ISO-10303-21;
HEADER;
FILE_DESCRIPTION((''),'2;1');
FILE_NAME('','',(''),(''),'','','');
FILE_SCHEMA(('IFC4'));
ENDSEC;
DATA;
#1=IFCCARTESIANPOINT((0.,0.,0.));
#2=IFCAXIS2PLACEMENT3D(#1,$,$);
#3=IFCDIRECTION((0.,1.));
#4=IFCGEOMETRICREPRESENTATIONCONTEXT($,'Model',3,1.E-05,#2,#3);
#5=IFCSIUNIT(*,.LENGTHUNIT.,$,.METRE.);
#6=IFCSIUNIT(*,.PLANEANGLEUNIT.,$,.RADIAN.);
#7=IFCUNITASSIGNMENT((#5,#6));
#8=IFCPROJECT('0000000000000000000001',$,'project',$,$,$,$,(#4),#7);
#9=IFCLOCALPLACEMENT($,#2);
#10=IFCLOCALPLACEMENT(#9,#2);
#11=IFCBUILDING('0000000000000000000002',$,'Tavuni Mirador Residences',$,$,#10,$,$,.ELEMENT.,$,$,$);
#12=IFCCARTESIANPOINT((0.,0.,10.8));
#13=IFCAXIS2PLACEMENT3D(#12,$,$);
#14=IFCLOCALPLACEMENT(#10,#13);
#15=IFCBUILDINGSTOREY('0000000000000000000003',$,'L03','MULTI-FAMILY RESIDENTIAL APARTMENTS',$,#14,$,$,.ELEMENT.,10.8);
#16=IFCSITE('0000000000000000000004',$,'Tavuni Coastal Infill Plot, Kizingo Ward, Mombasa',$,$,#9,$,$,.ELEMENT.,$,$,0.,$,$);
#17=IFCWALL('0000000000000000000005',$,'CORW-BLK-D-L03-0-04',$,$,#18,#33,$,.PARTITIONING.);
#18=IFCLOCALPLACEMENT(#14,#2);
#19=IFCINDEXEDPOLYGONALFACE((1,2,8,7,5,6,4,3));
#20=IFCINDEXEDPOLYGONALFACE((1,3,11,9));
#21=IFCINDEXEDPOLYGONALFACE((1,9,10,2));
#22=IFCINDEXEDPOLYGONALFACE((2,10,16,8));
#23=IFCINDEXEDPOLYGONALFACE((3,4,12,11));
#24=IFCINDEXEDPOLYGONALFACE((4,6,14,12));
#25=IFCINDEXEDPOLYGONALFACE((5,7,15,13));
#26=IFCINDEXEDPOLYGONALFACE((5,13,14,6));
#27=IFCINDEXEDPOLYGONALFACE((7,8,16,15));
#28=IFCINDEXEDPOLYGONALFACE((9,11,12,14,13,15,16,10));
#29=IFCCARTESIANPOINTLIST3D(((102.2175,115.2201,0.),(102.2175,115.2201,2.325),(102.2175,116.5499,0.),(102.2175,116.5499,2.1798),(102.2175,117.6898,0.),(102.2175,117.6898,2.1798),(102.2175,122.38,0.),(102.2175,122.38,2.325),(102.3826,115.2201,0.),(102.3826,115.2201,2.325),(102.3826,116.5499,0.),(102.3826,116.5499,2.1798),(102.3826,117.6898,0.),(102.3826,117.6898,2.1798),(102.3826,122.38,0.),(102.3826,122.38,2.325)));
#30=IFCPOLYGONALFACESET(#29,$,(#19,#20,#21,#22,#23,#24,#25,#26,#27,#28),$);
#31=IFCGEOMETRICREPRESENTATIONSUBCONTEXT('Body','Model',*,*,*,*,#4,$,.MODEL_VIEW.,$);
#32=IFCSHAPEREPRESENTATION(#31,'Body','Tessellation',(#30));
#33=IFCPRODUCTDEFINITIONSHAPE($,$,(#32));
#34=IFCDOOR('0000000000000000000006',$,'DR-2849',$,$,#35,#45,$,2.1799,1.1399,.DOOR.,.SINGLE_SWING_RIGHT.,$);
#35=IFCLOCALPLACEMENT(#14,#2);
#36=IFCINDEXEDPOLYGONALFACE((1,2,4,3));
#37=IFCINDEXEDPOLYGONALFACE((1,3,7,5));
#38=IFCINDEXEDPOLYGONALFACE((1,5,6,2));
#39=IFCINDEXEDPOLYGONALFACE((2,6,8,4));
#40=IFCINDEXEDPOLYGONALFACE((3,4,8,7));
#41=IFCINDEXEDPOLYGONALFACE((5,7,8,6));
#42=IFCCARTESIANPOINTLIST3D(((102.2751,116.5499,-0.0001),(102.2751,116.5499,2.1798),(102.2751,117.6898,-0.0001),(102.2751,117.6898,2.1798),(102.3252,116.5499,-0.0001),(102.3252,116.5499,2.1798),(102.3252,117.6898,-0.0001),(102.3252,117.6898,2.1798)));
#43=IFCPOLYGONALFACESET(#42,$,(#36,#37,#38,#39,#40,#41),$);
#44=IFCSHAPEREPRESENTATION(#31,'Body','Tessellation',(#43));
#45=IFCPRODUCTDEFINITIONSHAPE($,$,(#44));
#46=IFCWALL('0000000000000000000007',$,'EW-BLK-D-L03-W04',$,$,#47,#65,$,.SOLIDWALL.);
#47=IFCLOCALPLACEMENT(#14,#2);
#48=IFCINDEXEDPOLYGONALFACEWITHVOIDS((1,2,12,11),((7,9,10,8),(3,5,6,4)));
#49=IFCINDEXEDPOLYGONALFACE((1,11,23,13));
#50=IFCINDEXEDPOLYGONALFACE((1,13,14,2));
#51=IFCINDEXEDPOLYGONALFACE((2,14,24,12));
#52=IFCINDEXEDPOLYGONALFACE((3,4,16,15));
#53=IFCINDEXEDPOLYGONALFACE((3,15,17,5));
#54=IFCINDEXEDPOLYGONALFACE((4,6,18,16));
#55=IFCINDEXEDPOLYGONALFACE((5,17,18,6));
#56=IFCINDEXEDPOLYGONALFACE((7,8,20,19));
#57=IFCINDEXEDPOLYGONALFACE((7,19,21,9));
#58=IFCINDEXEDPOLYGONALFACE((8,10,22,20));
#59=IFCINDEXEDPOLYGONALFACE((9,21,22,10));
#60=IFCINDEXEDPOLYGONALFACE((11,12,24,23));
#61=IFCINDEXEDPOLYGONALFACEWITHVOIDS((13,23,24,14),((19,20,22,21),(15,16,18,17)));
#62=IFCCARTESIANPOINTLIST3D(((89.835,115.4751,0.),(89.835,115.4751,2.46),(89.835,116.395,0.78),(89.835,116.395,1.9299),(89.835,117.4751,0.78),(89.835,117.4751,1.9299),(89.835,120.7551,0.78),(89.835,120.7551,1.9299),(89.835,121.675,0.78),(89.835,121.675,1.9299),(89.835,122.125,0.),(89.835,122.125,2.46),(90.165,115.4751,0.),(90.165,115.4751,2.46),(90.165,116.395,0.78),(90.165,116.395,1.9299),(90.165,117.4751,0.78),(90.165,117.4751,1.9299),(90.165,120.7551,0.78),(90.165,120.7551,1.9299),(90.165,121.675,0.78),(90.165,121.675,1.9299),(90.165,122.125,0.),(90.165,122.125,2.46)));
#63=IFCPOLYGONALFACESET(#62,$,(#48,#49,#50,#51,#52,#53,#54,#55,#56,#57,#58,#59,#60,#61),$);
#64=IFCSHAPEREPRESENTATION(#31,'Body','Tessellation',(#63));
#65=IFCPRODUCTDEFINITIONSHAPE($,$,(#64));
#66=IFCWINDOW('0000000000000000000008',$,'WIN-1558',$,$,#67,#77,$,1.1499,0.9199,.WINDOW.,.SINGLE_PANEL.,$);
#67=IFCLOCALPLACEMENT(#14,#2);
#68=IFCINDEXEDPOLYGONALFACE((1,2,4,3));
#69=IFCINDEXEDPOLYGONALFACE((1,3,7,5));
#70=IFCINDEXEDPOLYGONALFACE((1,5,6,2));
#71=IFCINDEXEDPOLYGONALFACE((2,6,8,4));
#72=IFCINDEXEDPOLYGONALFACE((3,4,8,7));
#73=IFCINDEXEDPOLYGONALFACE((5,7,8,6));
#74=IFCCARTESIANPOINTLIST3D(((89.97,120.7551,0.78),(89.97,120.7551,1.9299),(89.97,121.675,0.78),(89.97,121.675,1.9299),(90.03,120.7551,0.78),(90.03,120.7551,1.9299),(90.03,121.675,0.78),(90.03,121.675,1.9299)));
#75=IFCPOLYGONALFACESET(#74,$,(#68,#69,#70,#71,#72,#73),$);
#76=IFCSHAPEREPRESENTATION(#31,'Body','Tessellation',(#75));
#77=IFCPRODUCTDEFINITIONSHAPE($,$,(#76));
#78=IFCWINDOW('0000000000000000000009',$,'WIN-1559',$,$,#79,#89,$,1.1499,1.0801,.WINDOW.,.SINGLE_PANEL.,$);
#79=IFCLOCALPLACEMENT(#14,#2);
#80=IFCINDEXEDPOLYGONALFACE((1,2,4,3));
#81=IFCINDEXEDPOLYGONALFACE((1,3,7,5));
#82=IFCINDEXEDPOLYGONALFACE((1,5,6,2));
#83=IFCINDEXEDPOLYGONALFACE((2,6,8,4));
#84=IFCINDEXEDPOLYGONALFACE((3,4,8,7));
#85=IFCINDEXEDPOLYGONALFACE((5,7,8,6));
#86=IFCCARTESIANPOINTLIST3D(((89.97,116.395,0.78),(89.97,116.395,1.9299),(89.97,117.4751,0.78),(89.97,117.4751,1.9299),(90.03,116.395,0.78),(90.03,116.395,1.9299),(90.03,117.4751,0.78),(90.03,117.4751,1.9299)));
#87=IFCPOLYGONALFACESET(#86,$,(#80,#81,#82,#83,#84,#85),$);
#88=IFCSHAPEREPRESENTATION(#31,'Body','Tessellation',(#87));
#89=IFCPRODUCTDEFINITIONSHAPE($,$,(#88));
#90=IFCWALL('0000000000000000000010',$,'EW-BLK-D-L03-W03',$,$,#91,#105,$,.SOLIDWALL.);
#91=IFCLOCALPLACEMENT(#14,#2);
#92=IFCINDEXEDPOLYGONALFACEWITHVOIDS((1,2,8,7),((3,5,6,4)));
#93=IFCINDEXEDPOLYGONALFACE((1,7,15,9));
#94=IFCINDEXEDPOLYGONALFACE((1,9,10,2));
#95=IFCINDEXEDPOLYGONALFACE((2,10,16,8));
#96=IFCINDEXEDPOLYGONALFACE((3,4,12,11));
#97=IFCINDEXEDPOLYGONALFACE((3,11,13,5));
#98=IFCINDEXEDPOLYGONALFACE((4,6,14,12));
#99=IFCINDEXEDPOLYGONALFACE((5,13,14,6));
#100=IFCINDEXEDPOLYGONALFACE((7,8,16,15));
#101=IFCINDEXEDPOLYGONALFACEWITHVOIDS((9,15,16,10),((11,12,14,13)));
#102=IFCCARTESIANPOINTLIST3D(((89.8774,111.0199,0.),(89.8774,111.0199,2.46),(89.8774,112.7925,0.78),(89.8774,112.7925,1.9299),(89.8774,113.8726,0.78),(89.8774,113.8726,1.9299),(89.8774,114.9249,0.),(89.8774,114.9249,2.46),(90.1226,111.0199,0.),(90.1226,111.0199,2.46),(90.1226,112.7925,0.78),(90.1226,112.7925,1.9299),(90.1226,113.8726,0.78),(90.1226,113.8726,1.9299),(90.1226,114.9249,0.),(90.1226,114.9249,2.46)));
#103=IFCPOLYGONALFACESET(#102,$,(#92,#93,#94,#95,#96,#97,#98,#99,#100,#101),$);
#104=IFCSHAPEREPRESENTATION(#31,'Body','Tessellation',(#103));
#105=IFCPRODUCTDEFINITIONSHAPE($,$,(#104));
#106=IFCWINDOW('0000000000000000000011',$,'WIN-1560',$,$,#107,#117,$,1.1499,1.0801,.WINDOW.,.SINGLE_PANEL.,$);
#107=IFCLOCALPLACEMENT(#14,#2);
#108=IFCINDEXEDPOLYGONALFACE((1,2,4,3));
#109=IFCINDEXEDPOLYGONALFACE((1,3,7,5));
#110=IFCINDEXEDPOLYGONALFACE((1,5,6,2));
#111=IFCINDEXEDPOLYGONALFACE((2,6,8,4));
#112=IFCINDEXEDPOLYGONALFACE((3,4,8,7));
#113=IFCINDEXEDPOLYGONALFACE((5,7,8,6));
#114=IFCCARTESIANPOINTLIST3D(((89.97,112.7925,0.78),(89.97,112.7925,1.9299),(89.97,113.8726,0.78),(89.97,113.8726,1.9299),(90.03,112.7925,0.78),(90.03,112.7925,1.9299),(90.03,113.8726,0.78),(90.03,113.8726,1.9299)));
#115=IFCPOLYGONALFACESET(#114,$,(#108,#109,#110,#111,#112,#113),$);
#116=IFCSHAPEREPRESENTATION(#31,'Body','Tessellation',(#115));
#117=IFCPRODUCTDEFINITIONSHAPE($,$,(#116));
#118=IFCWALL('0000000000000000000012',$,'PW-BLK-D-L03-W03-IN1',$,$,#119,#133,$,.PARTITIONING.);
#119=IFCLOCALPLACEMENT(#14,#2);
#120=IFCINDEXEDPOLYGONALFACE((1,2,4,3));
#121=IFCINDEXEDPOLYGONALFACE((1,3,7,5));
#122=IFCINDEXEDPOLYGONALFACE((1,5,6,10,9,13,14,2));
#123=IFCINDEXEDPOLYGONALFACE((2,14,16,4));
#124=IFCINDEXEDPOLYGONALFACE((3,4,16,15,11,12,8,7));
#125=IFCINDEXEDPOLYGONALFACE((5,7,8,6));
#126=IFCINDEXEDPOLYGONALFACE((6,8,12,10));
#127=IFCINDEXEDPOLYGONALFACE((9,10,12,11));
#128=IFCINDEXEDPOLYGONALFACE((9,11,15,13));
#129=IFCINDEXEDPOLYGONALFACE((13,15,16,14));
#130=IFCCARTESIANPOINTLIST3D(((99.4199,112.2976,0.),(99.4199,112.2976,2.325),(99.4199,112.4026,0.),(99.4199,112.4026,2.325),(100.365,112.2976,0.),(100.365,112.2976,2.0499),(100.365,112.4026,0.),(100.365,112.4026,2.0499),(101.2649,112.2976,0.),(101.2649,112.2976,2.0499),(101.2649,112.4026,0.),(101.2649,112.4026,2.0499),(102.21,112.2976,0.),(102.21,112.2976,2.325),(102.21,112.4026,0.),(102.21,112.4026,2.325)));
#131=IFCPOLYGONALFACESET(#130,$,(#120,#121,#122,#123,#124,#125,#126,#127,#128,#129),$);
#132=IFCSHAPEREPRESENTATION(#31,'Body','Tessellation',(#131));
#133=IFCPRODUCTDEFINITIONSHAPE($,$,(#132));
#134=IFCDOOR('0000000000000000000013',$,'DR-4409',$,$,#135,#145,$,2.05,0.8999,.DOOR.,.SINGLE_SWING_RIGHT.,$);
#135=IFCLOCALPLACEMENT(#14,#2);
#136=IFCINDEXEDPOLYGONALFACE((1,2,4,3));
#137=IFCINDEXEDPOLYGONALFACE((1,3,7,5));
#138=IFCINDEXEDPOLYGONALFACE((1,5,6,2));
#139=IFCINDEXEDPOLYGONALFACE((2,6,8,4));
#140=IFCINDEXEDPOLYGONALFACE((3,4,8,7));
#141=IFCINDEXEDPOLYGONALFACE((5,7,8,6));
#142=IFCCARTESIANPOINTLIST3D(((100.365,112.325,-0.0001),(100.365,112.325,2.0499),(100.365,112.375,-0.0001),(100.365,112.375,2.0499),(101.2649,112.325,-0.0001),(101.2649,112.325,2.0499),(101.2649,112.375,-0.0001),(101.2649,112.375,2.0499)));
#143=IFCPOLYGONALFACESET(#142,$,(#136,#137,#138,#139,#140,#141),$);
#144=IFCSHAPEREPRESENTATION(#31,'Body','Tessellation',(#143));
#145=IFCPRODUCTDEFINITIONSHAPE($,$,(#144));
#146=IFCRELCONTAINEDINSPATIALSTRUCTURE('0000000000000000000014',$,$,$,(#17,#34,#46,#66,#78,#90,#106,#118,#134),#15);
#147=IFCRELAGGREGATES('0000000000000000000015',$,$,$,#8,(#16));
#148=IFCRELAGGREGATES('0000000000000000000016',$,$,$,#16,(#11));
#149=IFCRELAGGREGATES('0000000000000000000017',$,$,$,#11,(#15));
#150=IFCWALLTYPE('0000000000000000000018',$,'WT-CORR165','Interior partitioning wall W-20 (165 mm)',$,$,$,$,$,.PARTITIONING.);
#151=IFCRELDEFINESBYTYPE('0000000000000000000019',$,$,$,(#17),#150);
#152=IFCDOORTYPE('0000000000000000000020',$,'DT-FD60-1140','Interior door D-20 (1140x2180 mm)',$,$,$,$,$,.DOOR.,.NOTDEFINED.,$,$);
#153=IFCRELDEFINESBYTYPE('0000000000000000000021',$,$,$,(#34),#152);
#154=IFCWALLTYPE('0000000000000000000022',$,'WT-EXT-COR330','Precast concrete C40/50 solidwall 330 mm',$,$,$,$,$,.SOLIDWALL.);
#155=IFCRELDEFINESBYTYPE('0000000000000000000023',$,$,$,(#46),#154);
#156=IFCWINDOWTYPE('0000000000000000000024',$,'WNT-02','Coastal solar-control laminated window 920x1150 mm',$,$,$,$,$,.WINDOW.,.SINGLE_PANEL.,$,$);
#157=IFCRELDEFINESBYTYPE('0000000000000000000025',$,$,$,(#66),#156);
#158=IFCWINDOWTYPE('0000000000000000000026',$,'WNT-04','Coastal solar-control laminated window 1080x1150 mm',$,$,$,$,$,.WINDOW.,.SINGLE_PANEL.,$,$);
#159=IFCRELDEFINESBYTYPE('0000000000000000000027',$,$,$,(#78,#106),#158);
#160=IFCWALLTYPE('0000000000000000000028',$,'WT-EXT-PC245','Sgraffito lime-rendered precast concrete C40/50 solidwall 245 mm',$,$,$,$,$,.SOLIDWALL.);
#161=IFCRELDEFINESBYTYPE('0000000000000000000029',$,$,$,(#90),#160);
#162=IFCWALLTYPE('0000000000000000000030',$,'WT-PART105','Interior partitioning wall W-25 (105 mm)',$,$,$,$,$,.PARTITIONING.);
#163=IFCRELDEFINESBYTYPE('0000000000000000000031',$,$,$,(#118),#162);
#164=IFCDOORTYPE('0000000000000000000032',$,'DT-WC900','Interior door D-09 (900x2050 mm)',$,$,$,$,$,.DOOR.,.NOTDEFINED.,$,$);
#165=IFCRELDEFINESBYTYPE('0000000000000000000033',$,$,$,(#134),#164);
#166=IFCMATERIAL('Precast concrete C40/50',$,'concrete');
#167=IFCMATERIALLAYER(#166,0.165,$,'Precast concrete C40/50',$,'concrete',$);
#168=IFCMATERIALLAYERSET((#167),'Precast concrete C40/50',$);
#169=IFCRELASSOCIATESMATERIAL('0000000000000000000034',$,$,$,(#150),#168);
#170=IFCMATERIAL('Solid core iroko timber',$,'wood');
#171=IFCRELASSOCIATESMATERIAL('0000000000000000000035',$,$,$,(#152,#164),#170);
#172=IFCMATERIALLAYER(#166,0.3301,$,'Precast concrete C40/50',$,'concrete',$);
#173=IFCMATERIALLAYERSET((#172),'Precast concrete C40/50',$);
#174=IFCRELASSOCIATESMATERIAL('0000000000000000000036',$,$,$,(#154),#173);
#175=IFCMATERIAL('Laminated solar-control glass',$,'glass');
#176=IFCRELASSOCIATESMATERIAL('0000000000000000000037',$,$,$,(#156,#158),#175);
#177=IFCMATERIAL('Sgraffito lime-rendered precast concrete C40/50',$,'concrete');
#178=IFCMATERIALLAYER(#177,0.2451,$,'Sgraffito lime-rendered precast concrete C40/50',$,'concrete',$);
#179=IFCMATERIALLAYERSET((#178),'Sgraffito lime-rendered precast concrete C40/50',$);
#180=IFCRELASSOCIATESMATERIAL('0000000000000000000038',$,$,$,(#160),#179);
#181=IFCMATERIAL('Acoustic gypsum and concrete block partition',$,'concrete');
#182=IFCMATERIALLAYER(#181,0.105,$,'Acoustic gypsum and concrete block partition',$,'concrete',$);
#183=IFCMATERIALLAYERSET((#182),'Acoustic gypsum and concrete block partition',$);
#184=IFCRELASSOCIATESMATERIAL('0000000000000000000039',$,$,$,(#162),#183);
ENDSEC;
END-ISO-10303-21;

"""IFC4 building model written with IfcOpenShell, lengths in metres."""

from ifc_helpers import new_model, si_unit, direction, frame, frame_2d, origin, place, context, subcontext, project, spatial, rectangle, extrude, material, layer, layer_set, type_object, element, fill, save


model = new_model("IFC4")

# Units and contexts
model_context = context("Model", 3, precision=1e-05, world=origin(), true_north=direction((0.0, 1.0)))
body_context = subcontext(model_context, "Body", "Model", "MODEL_VIEW")
ifc_project = project(units=[si_unit("LENGTHUNIT", "METRE"), si_unit("PLANEANGLEUNIT", "RADIAN")], contexts=[model_context])

# Site, building, storey
site_placement = place(None, origin())
site = spatial("IfcSite", under=ifc_project, at=site_placement, Name="Tavuni Coastal Infill Plot, Kizingo Ward, Mombasa", CompositionType="ELEMENT", RefElevation=0.0)
building_placement = place(site_placement, origin())
building = spatial("IfcBuilding", under=site, at=building_placement, Name="Tavuni Mirador Residences", CompositionType="ELEMENT")
storey_placement = place(building_placement, frame((0.0, 0.0, 10.8)))
storey = spatial("IfcBuildingStorey", under=building, at=storey_placement, Name="L03", Description="MULTI-FAMILY RESIDENTIAL APARTMENTS", CompositionType="ELEMENT", Elevation=10.8)

# Shared definitions
ifc_material_1 = material(Name="Precast concrete C40/50", Category="concrete")

# Wall, opening, door
ifc_layer_1 = layer(ifc_material_1, 0.165, Name="Precast concrete C40/50", Category="concrete")
ifc_layer_set_1 = layer_set([ifc_layer_1], Name="Precast concrete C40/50")
wall_type_1 = type_object("IfcWallType", Name="WT-CORR165", Description="Interior partitioning wall W-20 (165 mm)", PredefinedType="PARTITIONING", material=ifc_layer_set_1)
wall_1_placement = place(storey_placement, frame((102.3, 115.22, 0.0), z_axis=(0.0, 0.0, 1.0), x_axis=(0.0, 1.0, 0.0)))
wall_1 = element("IfcWall", 1, at=wall_1_placement, inside=storey, type_object=wall_type_1, Name="CORW-BLK-D-L03-0-04", PredefinedType="PARTITIONING", context=body_context, shape_type="SweptSolid", body=[
    extrude(rectangle(XDim=7.1599, YDim=0.165, at=frame_2d((3.5801, 0.0))), origin(), (0.0, 0.0, 1.0), 2.325),
])
opening_1_placement = place(wall_1_placement, frame((1.3301, 0.0, 0.0)))
opening_1 = element("IfcOpeningElement", 2, at=opening_1_placement, cuts=wall_1, PredefinedType="OPENING", context=body_context, shape_type="SweptSolid", body=[
    extrude(rectangle(XDim=1.1399, YDim=2.1799, at=frame_2d((0.5698, 1.0898))), frame((0.0, 0.0925, 0.0), z_axis=(0.0, -1.0, 0.0), x_axis=(1.0, 0.0, 0.0)), (0.0, 0.0, 1.0), 0.1851),
])
ifc_material_2 = material(Name="Solid core iroko timber", Category="wood")
door_type_1 = type_object("IfcDoorType", Name="DT-FD60-1140", Description="Interior door D-20 (1140x2180 mm)", OperationType="NOTDEFINED", PredefinedType="DOOR", material=ifc_material_2)
door_1_placement = place(opening_1_placement, origin())
door_1 = element("IfcDoor", 3, at=door_1_placement, inside=storey, type_object=door_type_1, Name="DR-2849", OperationType="SINGLE_SWING_RIGHT", OverallHeight=2.1799, OverallWidth=1.1399, PredefinedType="DOOR", context=body_context, shape_type="SweptSolid", body=[
    extrude(rectangle(XDim=1.1399, YDim=2.1799, at=frame_2d((0.5698, 1.0898))), frame((0.0, 0.0249, 0.0), z_axis=(0.0, -1.0, 0.0), x_axis=(1.0, 0.0, 0.0)), (0.0, 0.0, 1.0), 0.05),
])
fill(opening_1, door_1)

# Wall, openings, windows
ifc_layer_2 = layer(ifc_material_1, 0.3301, Name="Precast concrete C40/50", Category="concrete")
ifc_layer_set_2 = layer_set([ifc_layer_2], Name="Precast concrete C40/50")
wall_type_2 = type_object("IfcWallType", Name="WT-EXT-COR330", Description="Precast concrete C40/50 solidwall 330 mm", PredefinedType="SOLIDWALL", material=ifc_layer_set_2)
wall_2_placement = place(storey_placement, frame((90.0, 122.125, 0.0), z_axis=(0.0, 0.0, 1.0), x_axis=(0.0, -1.0, 0.0)))
wall_2 = element("IfcWall", 4, at=wall_2_placement, inside=storey, type_object=wall_type_2, Name="EW-BLK-D-L03-W04", PredefinedType="SOLIDWALL", context=body_context, shape_type="SweptSolid", body=[
    extrude(rectangle(XDim=6.6499, YDim=0.3301, at=frame_2d((3.325, 0.0))), origin(), (0.0, 0.0, 1.0), 2.46),
])
opening_2_placement = place(wall_2_placement, frame((0.45, 0.0, 0.78)))
opening_2 = element("IfcOpeningElement", 5, at=opening_2_placement, cuts=wall_2, PredefinedType="OPENING", context=body_context, shape_type="SweptSolid", body=[
    extrude(rectangle(XDim=0.9199, YDim=1.1499, at=frame_2d((0.46, 0.575))), frame((0.0, 0.175, 0.0), z_axis=(0.0, -1.0, 0.0), x_axis=(1.0, 0.0, 0.0)), (0.0, 0.0, 1.0), 0.3501),
])
opening_3_placement = place(wall_2_placement, frame((4.6499, 0.0, 0.78)))
opening_3 = element("IfcOpeningElement", 6, at=opening_3_placement, cuts=wall_2, PredefinedType="OPENING", context=body_context, shape_type="SweptSolid", body=[
    extrude(rectangle(XDim=1.0801, YDim=1.1499, at=frame_2d((0.54, 0.575))), frame((0.0, 0.175, 0.0), z_axis=(0.0, -1.0, 0.0), x_axis=(1.0, 0.0, 0.0)), (0.0, 0.0, 1.0), 0.3501),
])
ifc_material_3 = material(Name="Laminated solar-control glass", Category="glass")
window_type_1 = type_object("IfcWindowType", Name="WNT-02", Description="Coastal solar-control laminated window 920x1150 mm", PartitioningType="SINGLE_PANEL", PredefinedType="WINDOW", material=ifc_material_3)
window_1_placement = place(opening_2_placement, origin())
window_1 = element("IfcWindow", 7, at=window_1_placement, inside=storey, type_object=window_type_1, Name="WIN-1558", OverallHeight=1.1499, OverallWidth=0.9199, PartitioningType="SINGLE_PANEL", PredefinedType="WINDOW", context=body_context, shape_type="SweptSolid", body=[
    extrude(rectangle(XDim=0.9199, YDim=1.1499, at=frame_2d((0.46, 0.575))), frame((0.0, 0.03, 0.0), z_axis=(0.0, -1.0, 0.0), x_axis=(1.0, 0.0, 0.0)), (0.0, 0.0, 1.0), 0.0601),
])
fill(opening_2, window_1)
window_type_2 = type_object("IfcWindowType", Name="WNT-04", Description="Coastal solar-control laminated window 1080x1150 mm", PartitioningType="SINGLE_PANEL", PredefinedType="WINDOW", material=ifc_material_3)
window_2_placement = place(opening_3_placement, origin())
window_2 = element("IfcWindow", 8, at=window_2_placement, inside=storey, type_object=window_type_2, Name="WIN-1559", OverallHeight=1.1499, OverallWidth=1.0801, PartitioningType="SINGLE_PANEL", PredefinedType="WINDOW", context=body_context, shape_type="SweptSolid", body=[
    extrude(rectangle(XDim=1.0801, YDim=1.1499, at=frame_2d((0.54, 0.575))), frame((0.0, 0.03, 0.0), z_axis=(0.0, -1.0, 0.0), x_axis=(1.0, 0.0, 0.0)), (0.0, 0.0, 1.0), 0.0601),
])
fill(opening_3, window_2)

# Wall, opening, window
ifc_material_4 = material(Name="Sgraffito lime-rendered precast concrete C40/50", Category="concrete")
ifc_layer_3 = layer(ifc_material_4, 0.2451, Name="Sgraffito lime-rendered precast concrete C40/50", Category="concrete")
ifc_layer_set_3 = layer_set([ifc_layer_3], Name="Sgraffito lime-rendered precast concrete C40/50")
wall_type_3 = type_object("IfcWallType", Name="WT-EXT-PC245", Description="Sgraffito lime-rendered precast concrete C40/50 solidwall 245 mm", PredefinedType="SOLIDWALL", material=ifc_layer_set_3)
wall_3_placement = place(storey_placement, frame((90.0, 114.925, 0.0), z_axis=(0.0, 0.0, 1.0), x_axis=(0.0, -1.0, 0.0)))
wall_3 = element("IfcWall", 9, at=wall_3_placement, inside=storey, type_object=wall_type_3, Name="EW-BLK-D-L03-W03", PredefinedType="SOLIDWALL", context=body_context, shape_type="SweptSolid", body=[
    extrude(rectangle(XDim=3.905, YDim=0.2451, at=frame_2d((1.9526, 0.0))), origin(), (0.0, 0.0, 1.0), 2.46),
])
opening_4_placement = place(wall_3_placement, frame((1.0525, 0.0, 0.78)))
opening_4 = element("IfcOpeningElement", 10, at=opening_4_placement, cuts=wall_3, PredefinedType="OPENING", context=body_context, shape_type="SweptSolid", body=[
    extrude(rectangle(XDim=1.0801, YDim=1.1499, at=frame_2d((0.54, 0.575))), frame((0.0, 0.1326, 0.0), z_axis=(0.0, -1.0, 0.0), x_axis=(1.0, 0.0, 0.0)), (0.0, 0.0, 1.0), 0.2651),
])
window_3_placement = place(opening_4_placement, origin())
window_3 = element("IfcWindow", 11, at=window_3_placement, inside=storey, type_object=window_type_2, Name="WIN-1560", OverallHeight=1.1499, OverallWidth=1.0801, PartitioningType="SINGLE_PANEL", PredefinedType="WINDOW", context=body_context, shape_type="SweptSolid", body=[
    extrude(rectangle(XDim=1.0801, YDim=1.1499, at=frame_2d((0.54, 0.575))), frame((0.0, 0.03, 0.0), z_axis=(0.0, -1.0, 0.0), x_axis=(1.0, 0.0, 0.0)), (0.0, 0.0, 1.0), 0.0601),
])
fill(opening_4, window_3)

# Wall, opening, door
ifc_material_5 = material(Name="Acoustic gypsum and concrete block partition", Category="concrete")
ifc_layer_4 = layer(ifc_material_5, 0.105, Name="Acoustic gypsum and concrete block partition", Category="concrete")
ifc_layer_set_4 = layer_set([ifc_layer_4], Name="Acoustic gypsum and concrete block partition")
wall_type_4 = type_object("IfcWallType", Name="WT-PART105", Description="Interior partitioning wall W-25 (105 mm)", PredefinedType="PARTITIONING", material=ifc_layer_set_4)
wall_4_placement = place(storey_placement, frame((99.4199, 112.3501, 0.0), z_axis=(0.0, 0.0, 1.0), x_axis=(1.0, 0.0, 0.0)))
wall_4 = element("IfcWall", 12, at=wall_4_placement, inside=storey, type_object=wall_type_4, Name="PW-BLK-D-L03-W03-IN1", PredefinedType="PARTITIONING", context=body_context, shape_type="SweptSolid", body=[
    extrude(rectangle(XDim=2.79, YDim=0.105, at=frame_2d((1.395, 0.0))), origin(), (0.0, 0.0, 1.0), 2.325),
])
opening_5_placement = place(wall_4_placement, frame((0.9451, 0.0, 0.0)))
opening_5 = element("IfcOpeningElement", 13, at=opening_5_placement, cuts=wall_4, PredefinedType="OPENING", context=body_context, shape_type="SweptSolid", body=[
    extrude(rectangle(XDim=0.8999, YDim=2.05, at=frame_2d((0.45, 1.0249))), frame((0.0, 0.0625, 0.0), z_axis=(0.0, -1.0, 0.0), x_axis=(1.0, 0.0, 0.0)), (0.0, 0.0, 1.0), 0.125),
])
door_type_2 = type_object("IfcDoorType", Name="DT-WC900", Description="Interior door D-09 (900x2050 mm)", OperationType="NOTDEFINED", PredefinedType="DOOR", material=ifc_material_2)
door_2_placement = place(opening_5_placement, origin())
door_2 = element("IfcDoor", 14, at=door_2_placement, inside=storey, type_object=door_type_2, Name="DR-4409", OperationType="SINGLE_SWING_RIGHT", OverallHeight=2.05, OverallWidth=0.8999, PredefinedType="DOOR", context=body_context, shape_type="SweptSolid", body=[
    extrude(rectangle(XDim=0.8999, YDim=2.05, at=frame_2d((0.45, 1.0249))), frame((0.0, 0.0249, 0.0), z_axis=(0.0, -1.0, 0.0), x_axis=(1.0, 0.0, 0.0)), (0.0, 0.0, 1.0), 0.05),
])
fill(opening_5, door_2)

save(model, "model.ifc")
